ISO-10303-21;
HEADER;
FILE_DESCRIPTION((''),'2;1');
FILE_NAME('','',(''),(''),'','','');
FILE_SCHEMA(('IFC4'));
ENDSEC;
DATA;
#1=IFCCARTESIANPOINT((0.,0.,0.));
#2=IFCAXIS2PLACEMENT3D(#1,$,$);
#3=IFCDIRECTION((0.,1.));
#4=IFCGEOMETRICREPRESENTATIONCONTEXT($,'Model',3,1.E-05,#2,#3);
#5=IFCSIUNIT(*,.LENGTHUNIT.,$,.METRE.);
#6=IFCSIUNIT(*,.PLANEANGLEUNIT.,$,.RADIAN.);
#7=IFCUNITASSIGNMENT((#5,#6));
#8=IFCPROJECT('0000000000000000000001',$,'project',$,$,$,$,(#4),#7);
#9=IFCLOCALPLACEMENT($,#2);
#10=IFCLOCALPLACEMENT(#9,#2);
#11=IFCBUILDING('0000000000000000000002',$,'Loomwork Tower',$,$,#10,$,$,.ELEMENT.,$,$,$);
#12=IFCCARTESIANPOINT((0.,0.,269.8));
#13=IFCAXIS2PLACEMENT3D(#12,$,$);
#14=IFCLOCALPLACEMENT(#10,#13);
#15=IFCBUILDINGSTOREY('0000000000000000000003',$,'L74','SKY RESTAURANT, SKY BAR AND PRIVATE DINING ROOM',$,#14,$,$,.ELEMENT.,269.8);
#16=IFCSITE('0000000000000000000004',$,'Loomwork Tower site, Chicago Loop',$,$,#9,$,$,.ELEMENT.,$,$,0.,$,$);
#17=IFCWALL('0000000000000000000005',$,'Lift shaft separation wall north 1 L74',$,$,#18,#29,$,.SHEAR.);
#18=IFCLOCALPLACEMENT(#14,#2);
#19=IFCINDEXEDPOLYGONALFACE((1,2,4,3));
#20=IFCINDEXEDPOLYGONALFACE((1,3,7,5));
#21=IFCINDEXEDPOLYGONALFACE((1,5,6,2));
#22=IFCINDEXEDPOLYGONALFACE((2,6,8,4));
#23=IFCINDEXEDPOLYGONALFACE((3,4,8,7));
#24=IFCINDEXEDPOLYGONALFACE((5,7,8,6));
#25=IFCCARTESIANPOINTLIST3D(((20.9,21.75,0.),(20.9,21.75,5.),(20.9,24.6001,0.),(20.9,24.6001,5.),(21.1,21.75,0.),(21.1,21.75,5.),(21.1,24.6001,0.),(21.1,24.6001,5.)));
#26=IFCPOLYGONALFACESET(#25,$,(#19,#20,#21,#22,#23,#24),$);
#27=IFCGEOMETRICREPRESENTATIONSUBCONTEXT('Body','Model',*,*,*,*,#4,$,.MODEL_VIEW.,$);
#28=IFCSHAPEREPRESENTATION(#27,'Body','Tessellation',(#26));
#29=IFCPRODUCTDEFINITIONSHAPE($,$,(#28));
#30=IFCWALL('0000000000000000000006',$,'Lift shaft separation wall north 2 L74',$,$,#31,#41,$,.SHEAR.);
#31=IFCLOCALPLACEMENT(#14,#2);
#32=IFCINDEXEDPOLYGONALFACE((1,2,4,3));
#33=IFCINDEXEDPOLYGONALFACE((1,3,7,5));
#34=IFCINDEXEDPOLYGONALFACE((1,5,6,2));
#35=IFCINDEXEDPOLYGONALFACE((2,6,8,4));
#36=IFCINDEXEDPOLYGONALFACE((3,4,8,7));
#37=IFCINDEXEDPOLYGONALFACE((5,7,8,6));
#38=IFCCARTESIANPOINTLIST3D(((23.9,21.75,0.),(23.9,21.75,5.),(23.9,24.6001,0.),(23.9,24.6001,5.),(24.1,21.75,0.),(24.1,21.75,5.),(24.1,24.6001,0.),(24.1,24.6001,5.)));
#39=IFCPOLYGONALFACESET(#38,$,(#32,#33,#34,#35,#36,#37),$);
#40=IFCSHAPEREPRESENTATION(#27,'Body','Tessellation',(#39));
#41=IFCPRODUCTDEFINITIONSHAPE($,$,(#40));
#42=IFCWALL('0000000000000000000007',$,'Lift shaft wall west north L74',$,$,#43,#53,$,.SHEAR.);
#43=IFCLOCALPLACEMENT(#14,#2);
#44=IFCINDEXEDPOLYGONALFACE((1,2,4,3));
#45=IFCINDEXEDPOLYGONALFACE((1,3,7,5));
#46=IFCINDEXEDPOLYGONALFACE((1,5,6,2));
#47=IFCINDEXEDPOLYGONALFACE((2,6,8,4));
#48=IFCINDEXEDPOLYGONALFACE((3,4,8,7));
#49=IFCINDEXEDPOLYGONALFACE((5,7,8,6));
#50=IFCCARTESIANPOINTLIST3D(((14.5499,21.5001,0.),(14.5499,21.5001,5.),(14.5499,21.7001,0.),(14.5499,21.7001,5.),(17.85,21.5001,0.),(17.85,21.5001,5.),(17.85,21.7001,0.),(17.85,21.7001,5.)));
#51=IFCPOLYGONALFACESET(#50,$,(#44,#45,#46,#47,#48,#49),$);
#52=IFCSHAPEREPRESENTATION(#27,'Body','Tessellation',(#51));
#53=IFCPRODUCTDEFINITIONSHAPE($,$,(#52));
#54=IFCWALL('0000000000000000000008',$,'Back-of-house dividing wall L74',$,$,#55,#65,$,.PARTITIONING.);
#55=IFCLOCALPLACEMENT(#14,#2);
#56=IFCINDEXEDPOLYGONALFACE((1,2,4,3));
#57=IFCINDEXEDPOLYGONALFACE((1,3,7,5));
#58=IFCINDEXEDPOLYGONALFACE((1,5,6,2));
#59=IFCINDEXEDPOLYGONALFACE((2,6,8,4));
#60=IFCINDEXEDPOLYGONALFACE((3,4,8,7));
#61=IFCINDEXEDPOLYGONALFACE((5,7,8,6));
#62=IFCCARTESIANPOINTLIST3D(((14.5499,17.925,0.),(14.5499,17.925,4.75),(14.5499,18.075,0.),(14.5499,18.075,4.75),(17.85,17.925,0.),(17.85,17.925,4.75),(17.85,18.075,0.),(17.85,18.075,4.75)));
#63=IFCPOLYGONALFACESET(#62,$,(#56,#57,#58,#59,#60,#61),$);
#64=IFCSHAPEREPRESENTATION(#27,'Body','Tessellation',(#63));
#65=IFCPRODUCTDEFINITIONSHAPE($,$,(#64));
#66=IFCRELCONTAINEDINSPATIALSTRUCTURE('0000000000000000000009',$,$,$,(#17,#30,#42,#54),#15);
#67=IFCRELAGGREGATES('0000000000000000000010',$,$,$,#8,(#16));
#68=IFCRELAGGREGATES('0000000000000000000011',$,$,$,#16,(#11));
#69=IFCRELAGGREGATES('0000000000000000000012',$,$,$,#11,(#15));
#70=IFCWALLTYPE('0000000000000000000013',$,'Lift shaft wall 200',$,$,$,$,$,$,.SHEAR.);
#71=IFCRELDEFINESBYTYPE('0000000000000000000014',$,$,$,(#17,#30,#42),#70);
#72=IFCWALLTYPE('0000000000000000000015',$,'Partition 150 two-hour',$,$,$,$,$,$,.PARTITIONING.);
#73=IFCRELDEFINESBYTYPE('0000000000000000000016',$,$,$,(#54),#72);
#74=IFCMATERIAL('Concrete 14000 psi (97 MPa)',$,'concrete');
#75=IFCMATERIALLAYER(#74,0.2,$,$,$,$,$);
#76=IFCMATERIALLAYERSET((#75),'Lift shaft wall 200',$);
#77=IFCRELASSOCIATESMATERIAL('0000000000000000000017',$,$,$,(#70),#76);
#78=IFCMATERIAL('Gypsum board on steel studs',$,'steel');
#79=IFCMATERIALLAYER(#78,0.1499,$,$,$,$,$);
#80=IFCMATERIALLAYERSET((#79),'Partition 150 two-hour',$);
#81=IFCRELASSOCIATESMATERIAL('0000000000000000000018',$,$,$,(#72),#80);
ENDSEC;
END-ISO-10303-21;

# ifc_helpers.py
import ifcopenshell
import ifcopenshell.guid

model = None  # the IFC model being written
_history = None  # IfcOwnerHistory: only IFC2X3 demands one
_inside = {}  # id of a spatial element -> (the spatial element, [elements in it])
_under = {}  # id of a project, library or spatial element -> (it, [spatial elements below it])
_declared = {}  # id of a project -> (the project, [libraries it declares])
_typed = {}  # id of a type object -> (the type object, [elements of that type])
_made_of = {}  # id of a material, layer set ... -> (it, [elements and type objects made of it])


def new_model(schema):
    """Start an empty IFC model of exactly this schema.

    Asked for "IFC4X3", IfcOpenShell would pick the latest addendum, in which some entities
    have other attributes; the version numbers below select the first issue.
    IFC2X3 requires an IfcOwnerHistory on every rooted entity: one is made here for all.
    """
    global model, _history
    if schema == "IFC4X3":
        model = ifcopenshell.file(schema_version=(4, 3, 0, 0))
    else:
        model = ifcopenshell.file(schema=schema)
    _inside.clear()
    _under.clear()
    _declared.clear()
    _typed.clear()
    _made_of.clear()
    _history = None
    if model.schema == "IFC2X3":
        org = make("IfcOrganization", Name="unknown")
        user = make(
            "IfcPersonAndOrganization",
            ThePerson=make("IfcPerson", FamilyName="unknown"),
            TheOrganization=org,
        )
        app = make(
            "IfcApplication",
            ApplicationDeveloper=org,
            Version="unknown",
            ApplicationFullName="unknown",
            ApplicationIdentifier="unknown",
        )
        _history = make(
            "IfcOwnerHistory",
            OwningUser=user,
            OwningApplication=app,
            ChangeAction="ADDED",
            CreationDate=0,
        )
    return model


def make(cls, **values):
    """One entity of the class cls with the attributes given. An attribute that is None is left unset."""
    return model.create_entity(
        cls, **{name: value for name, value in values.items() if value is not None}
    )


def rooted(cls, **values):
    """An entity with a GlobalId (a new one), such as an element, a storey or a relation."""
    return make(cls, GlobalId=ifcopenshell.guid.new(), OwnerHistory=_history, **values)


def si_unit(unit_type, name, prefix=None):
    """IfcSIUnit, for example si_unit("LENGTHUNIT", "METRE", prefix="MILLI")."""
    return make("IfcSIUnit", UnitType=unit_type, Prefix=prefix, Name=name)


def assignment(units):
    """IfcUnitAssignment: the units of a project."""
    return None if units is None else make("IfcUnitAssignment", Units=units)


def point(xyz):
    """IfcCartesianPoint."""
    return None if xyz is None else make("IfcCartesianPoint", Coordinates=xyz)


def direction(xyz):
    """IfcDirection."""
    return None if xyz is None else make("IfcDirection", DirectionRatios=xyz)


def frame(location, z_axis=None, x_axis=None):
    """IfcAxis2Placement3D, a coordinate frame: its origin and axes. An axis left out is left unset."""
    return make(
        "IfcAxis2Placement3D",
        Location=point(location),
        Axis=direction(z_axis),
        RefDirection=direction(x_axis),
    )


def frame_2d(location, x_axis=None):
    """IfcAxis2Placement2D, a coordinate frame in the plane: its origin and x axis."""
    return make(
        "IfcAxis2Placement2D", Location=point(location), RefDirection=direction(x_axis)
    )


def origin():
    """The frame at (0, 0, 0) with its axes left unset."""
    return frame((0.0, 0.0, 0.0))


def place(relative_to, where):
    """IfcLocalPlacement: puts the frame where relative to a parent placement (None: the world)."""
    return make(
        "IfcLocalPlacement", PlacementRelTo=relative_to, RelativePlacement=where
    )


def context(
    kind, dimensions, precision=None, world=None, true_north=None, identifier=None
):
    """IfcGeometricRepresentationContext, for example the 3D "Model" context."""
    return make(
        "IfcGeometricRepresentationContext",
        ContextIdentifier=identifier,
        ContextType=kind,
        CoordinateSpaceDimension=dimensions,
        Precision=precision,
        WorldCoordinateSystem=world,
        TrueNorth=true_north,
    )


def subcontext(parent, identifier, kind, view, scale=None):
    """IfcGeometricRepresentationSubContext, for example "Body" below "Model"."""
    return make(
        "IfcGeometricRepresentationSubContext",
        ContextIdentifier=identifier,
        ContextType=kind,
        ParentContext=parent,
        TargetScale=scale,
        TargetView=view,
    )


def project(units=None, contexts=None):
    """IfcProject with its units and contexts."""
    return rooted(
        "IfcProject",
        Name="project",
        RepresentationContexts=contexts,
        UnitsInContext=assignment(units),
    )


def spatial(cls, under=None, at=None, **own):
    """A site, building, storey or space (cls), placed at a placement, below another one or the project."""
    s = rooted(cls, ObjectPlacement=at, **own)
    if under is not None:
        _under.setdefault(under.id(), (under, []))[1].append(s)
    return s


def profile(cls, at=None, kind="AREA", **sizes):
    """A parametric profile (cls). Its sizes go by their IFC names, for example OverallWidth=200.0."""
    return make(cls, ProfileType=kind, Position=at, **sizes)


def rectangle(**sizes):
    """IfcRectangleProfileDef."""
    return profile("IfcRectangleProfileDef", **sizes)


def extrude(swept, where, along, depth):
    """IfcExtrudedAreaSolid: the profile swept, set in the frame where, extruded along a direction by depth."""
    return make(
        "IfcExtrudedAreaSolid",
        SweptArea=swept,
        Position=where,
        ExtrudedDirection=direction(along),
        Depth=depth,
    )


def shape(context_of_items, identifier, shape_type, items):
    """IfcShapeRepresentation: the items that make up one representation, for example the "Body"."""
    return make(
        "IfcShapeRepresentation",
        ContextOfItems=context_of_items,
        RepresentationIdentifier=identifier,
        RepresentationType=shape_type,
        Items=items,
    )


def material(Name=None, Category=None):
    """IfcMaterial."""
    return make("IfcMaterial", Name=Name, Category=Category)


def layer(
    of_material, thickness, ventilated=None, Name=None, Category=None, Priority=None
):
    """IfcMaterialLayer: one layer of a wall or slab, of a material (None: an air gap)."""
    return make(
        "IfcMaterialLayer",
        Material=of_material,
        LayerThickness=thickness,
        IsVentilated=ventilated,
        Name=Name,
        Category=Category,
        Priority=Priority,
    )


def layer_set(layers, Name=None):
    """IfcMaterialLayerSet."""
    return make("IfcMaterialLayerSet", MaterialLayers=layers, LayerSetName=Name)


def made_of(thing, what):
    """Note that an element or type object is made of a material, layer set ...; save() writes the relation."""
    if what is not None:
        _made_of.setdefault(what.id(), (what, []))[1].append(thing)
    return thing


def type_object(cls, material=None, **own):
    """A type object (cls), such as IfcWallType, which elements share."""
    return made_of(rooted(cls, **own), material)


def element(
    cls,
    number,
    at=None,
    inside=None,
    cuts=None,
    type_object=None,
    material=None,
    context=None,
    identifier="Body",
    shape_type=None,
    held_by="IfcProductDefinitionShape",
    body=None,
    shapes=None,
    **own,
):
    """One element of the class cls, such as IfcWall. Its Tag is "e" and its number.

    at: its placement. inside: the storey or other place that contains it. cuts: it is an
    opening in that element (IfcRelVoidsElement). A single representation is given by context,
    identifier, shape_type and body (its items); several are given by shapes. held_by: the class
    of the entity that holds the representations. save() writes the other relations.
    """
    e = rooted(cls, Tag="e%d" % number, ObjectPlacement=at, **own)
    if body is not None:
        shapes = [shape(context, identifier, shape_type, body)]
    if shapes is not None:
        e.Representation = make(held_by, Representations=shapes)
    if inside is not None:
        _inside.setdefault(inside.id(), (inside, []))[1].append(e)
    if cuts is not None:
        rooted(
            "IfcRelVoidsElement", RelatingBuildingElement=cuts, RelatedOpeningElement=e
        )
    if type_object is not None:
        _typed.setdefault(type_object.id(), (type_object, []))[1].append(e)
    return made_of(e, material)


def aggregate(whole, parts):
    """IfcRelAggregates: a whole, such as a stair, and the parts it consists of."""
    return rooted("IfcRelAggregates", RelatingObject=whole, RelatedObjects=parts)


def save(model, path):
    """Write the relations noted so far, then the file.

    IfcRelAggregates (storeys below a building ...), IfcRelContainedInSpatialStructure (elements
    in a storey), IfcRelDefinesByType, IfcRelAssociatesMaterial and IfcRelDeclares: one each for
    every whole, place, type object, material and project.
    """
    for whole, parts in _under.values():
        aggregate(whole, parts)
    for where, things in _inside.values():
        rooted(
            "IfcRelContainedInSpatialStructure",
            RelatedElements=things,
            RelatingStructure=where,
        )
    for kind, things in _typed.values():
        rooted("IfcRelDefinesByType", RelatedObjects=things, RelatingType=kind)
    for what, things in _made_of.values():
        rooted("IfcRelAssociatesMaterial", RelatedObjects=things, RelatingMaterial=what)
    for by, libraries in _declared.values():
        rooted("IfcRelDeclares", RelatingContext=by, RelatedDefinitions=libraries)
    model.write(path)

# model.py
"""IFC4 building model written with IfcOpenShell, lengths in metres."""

from ifc_helpers import new_model, si_unit, direction, frame, frame_2d, origin, place, context, subcontext, project, spatial, rectangle, extrude, material, layer, layer_set, type_object, element, save


model = new_model("IFC4")

# Units and contexts
model_context = context("Model", 3, precision=1e-05, world=origin(), true_north=direction((0.0, 1.0)))
body_context = subcontext(model_context, "Body", "Model", "MODEL_VIEW")
ifc_project = project(units=[si_unit("LENGTHUNIT", "METRE"), si_unit("PLANEANGLEUNIT", "RADIAN")], contexts=[model_context])

# Site, building, storey
site_placement = place(None, origin())
site = spatial("IfcSite", under=ifc_project, at=site_placement, Name="Loomwork Tower site, Chicago Loop", CompositionType="ELEMENT", RefElevation=0.0)
building_placement = place(site_placement, origin())
building = spatial("IfcBuilding", under=site, at=building_placement, Name="Loomwork Tower", CompositionType="ELEMENT")
storey_placement = place(building_placement, frame((0.0, 0.0, 269.8)))
storey = spatial("IfcBuildingStorey", under=building, at=storey_placement, Name="L74", Description="SKY RESTAURANT, SKY BAR AND PRIVATE DINING ROOM", CompositionType="ELEMENT", Elevation=269.8)

# Walls
ifc_material_1 = material(Name="Concrete 14000 psi (97 MPa)", Category="concrete")
ifc_layer_1 = layer(ifc_material_1, 0.2)
ifc_layer_set_1 = layer_set([ifc_layer_1], Name="Lift shaft wall 200")
wall_type_1 = type_object("IfcWallType", Name="Lift shaft wall 200", PredefinedType="SHEAR", material=ifc_layer_set_1)
for number, where, z_axis, x_axis, name in (
    (1, (21.0, 21.75, 0.0), (0.0, 0.0, 1.0), (0.0, 1.0, 0.0), "Lift shaft separation wall north 1 L74"),
    (2, (24.0, 21.75, 0.0), (0.0, 0.0, 1.0), (0.0, 1.0, 0.0), "Lift shaft separation wall north 2 L74"),
):
    element("IfcWall", number, at=place(storey_placement, frame(where, z_axis=z_axis, x_axis=x_axis)), inside=storey, type_object=wall_type_1, Name=name, PredefinedType="SHEAR", context=body_context, shape_type="SweptSolid", body=[
        extrude(rectangle(XDim=2.8501, YDim=0.2, at=frame_2d((1.425, 0.0))), origin(), (0.0, 0.0, 1.0), 5.0),
    ])
wall_1_placement = place(storey_placement, frame((14.55, 21.6001, 0.0), z_axis=(0.0, 0.0, 1.0), x_axis=(1.0, 0.0, 0.0)))
element("IfcWall", 3, at=wall_1_placement, inside=storey, type_object=wall_type_1, Name="Lift shaft wall west north L74", PredefinedType="SHEAR", context=body_context, shape_type="SweptSolid", body=[
    extrude(rectangle(XDim=3.3, YDim=0.2, at=frame_2d((1.6499, 0.0))), origin(), (0.0, 0.0, 1.0), 5.0),
])
ifc_material_2 = material(Name="Gypsum board on steel studs", Category="steel")
ifc_layer_2 = layer(ifc_material_2, 0.1499)
ifc_layer_set_2 = layer_set([ifc_layer_2], Name="Partition 150 two-hour")
wall_type_2 = type_object("IfcWallType", Name="Partition 150 two-hour", PredefinedType="PARTITIONING", material=ifc_layer_set_2)
wall_2_placement = place(storey_placement, frame((14.55, 18.0, 0.0), z_axis=(0.0, 0.0, 1.0), x_axis=(1.0, 0.0, 0.0)))
element("IfcWall", 4, at=wall_2_placement, inside=storey, type_object=wall_type_2, Name="Back-of-house dividing wall L74", PredefinedType="PARTITIONING", context=body_context, shape_type="SweptSolid", body=[
    extrude(rectangle(XDim=3.3, YDim=0.1499, at=frame_2d((1.6499, 0.0))), origin(), (0.0, 0.0, 1.0), 4.75),
])

save(model, "model.ifc")
